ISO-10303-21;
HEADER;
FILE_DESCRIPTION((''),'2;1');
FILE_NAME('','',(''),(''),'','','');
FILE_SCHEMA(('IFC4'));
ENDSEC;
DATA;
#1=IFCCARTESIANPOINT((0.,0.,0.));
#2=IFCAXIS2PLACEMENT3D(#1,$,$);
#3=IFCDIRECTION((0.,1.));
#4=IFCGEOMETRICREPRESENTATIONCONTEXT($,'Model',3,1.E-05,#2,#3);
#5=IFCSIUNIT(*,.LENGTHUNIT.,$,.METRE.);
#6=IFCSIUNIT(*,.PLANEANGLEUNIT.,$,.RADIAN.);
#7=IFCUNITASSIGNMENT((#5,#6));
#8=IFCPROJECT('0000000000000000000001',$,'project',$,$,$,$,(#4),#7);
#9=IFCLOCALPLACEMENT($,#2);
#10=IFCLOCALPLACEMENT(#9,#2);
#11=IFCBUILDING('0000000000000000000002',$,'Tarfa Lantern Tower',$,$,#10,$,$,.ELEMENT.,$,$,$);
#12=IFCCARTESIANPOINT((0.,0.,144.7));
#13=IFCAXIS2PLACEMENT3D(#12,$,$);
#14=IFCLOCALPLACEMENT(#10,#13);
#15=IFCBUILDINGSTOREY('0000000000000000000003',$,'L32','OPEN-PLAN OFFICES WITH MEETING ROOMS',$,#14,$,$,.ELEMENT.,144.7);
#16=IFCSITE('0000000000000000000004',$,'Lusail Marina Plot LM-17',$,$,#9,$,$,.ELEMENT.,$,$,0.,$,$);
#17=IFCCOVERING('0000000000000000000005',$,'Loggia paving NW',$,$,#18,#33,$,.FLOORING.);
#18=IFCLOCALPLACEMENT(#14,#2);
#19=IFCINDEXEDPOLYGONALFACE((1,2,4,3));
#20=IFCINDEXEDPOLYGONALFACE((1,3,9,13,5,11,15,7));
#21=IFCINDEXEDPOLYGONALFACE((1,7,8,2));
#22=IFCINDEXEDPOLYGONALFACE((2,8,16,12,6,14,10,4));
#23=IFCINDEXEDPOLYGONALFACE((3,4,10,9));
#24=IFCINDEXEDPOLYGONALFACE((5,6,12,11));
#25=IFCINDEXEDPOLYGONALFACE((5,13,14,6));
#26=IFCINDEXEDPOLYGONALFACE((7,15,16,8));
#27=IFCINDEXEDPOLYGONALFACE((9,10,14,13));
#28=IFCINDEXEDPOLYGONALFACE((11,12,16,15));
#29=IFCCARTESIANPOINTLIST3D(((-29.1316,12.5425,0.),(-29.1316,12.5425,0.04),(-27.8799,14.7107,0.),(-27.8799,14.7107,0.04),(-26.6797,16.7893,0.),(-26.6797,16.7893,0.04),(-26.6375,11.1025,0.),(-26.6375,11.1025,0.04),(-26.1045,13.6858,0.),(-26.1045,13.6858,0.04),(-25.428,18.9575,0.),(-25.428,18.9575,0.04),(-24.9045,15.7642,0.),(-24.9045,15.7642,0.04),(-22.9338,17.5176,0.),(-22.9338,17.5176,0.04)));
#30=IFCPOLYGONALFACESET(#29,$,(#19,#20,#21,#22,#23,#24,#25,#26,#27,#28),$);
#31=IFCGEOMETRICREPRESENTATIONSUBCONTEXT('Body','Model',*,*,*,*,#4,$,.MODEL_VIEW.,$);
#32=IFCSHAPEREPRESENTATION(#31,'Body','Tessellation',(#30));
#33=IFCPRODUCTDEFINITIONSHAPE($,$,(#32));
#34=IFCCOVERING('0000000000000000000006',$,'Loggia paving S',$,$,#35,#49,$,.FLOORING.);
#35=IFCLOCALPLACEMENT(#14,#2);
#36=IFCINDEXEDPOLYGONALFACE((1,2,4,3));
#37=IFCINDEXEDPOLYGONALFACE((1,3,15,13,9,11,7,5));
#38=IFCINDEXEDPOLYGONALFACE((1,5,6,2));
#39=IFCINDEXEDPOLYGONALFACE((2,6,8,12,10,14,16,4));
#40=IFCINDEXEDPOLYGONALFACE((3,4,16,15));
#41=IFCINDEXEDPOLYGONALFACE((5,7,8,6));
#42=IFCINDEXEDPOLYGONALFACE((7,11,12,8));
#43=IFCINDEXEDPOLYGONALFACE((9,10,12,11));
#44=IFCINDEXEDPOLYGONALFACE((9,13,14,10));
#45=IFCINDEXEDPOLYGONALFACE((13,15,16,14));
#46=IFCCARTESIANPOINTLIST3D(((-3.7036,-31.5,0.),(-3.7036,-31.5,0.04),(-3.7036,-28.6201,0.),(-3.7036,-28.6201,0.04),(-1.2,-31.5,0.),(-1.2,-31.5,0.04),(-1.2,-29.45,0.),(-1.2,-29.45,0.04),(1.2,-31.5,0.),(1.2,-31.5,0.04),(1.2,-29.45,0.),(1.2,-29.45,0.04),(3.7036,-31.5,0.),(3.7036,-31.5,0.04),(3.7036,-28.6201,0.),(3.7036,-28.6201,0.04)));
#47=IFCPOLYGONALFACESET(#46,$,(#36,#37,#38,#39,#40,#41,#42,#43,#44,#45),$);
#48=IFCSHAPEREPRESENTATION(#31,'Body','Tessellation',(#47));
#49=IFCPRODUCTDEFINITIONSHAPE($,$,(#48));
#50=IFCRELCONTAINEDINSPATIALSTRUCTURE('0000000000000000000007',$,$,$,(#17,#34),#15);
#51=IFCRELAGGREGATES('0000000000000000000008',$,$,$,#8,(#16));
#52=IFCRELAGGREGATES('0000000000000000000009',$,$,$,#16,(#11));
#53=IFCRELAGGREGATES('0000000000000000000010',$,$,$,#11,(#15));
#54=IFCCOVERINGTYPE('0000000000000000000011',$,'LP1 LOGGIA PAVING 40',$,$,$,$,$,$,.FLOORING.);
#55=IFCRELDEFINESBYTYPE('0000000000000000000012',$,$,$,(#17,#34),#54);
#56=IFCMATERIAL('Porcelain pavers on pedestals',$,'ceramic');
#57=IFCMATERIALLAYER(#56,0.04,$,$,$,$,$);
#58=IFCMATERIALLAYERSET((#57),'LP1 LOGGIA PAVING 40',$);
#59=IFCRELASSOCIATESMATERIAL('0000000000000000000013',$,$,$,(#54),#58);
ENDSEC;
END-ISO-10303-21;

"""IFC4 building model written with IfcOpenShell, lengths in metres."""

from ifc_helpers import new_model, si_unit, direction, frame, origin, place, context, subcontext, project, spatial, polyline, outline, extrude, material, layer, layer_set, type_object, element, save


model = new_model("IFC4")

# Units and contexts
model_context = context("Model", 3, precision=1e-05, world=origin(), true_north=direction((0.0, 1.0)))
body_context = subcontext(model_context, "Body", "Model", "MODEL_VIEW")
ifc_project = project(units=[si_unit("LENGTHUNIT", "METRE"), si_unit("PLANEANGLEUNIT", "RADIAN")], contexts=[model_context])

# Site, building, storey
site_placement = place(None, origin())
site = spatial("IfcSite", under=ifc_project, at=site_placement, Name="Lusail Marina Plot LM-17", CompositionType="ELEMENT", RefElevation=0.0)
building_placement = place(site_placement, origin())
building = spatial("IfcBuilding", under=site, at=building_placement, Name="Tarfa Lantern Tower", CompositionType="ELEMENT")
storey_placement = place(building_placement, frame((0.0, 0.0, 144.7)))
storey = spatial("IfcBuildingStorey", under=building, at=storey_placement, Name="L32", Description="OPEN-PLAN OFFICES WITH MEETING ROOMS", CompositionType="ELEMENT", Elevation=144.7)

# Coverings
ifc_material_1 = material(Name="Porcelain pavers on pedestals", Category="ceramic")
ifc_layer_1 = layer(ifc_material_1, 0.04)
ifc_layer_set_1 = layer_set([ifc_layer_1], Name="LP1 LOGGIA PAVING 40")
covering_type_1 = type_object("IfcCoveringType", Name="LP1 LOGGIA PAVING 40", PredefinedType="FLOORING", material=ifc_layer_set_1)
covering_1_placement = place(storey_placement, origin())
element("IfcCovering", 1, at=covering_1_placement, inside=storey, type_object=covering_type_1, Name="Loggia paving NW", PredefinedType="FLOORING", context=body_context, shape_type="SweptSolid", body=[
    extrude(outline(polyline([(-25.428, 18.9575), (-22.9338, 17.5176), (-26.6375, 11.1025), (-29.1316, 12.5425), (-27.8799, 14.7107), (-26.1045, 13.6858), (-24.9045, 15.7642), (-26.6797, 16.7893), (-25.428, 18.9575)])), origin(), (0.0, 0.0, 1.0), 0.04),
])
covering_2_placement = place(storey_placement, origin())
element("IfcCovering", 2, at=covering_2_placement, inside=storey, type_object=covering_type_1, Name="Loggia paving S", PredefinedType="FLOORING", context=body_context, shape_type="SweptSolid", body=[
    extrude(outline(polyline([(-3.7036, -31.5), (-3.7036, -28.6201), (3.7036, -28.6201), (3.7036, -31.5), (1.2, -31.5), (1.2, -29.45), (-1.2, -29.45), (-1.2, -31.5), (-3.7036, -31.5)])), origin(), (0.0, 0.0, 1.0), 0.04),
])

save(model, "model.ifc")
